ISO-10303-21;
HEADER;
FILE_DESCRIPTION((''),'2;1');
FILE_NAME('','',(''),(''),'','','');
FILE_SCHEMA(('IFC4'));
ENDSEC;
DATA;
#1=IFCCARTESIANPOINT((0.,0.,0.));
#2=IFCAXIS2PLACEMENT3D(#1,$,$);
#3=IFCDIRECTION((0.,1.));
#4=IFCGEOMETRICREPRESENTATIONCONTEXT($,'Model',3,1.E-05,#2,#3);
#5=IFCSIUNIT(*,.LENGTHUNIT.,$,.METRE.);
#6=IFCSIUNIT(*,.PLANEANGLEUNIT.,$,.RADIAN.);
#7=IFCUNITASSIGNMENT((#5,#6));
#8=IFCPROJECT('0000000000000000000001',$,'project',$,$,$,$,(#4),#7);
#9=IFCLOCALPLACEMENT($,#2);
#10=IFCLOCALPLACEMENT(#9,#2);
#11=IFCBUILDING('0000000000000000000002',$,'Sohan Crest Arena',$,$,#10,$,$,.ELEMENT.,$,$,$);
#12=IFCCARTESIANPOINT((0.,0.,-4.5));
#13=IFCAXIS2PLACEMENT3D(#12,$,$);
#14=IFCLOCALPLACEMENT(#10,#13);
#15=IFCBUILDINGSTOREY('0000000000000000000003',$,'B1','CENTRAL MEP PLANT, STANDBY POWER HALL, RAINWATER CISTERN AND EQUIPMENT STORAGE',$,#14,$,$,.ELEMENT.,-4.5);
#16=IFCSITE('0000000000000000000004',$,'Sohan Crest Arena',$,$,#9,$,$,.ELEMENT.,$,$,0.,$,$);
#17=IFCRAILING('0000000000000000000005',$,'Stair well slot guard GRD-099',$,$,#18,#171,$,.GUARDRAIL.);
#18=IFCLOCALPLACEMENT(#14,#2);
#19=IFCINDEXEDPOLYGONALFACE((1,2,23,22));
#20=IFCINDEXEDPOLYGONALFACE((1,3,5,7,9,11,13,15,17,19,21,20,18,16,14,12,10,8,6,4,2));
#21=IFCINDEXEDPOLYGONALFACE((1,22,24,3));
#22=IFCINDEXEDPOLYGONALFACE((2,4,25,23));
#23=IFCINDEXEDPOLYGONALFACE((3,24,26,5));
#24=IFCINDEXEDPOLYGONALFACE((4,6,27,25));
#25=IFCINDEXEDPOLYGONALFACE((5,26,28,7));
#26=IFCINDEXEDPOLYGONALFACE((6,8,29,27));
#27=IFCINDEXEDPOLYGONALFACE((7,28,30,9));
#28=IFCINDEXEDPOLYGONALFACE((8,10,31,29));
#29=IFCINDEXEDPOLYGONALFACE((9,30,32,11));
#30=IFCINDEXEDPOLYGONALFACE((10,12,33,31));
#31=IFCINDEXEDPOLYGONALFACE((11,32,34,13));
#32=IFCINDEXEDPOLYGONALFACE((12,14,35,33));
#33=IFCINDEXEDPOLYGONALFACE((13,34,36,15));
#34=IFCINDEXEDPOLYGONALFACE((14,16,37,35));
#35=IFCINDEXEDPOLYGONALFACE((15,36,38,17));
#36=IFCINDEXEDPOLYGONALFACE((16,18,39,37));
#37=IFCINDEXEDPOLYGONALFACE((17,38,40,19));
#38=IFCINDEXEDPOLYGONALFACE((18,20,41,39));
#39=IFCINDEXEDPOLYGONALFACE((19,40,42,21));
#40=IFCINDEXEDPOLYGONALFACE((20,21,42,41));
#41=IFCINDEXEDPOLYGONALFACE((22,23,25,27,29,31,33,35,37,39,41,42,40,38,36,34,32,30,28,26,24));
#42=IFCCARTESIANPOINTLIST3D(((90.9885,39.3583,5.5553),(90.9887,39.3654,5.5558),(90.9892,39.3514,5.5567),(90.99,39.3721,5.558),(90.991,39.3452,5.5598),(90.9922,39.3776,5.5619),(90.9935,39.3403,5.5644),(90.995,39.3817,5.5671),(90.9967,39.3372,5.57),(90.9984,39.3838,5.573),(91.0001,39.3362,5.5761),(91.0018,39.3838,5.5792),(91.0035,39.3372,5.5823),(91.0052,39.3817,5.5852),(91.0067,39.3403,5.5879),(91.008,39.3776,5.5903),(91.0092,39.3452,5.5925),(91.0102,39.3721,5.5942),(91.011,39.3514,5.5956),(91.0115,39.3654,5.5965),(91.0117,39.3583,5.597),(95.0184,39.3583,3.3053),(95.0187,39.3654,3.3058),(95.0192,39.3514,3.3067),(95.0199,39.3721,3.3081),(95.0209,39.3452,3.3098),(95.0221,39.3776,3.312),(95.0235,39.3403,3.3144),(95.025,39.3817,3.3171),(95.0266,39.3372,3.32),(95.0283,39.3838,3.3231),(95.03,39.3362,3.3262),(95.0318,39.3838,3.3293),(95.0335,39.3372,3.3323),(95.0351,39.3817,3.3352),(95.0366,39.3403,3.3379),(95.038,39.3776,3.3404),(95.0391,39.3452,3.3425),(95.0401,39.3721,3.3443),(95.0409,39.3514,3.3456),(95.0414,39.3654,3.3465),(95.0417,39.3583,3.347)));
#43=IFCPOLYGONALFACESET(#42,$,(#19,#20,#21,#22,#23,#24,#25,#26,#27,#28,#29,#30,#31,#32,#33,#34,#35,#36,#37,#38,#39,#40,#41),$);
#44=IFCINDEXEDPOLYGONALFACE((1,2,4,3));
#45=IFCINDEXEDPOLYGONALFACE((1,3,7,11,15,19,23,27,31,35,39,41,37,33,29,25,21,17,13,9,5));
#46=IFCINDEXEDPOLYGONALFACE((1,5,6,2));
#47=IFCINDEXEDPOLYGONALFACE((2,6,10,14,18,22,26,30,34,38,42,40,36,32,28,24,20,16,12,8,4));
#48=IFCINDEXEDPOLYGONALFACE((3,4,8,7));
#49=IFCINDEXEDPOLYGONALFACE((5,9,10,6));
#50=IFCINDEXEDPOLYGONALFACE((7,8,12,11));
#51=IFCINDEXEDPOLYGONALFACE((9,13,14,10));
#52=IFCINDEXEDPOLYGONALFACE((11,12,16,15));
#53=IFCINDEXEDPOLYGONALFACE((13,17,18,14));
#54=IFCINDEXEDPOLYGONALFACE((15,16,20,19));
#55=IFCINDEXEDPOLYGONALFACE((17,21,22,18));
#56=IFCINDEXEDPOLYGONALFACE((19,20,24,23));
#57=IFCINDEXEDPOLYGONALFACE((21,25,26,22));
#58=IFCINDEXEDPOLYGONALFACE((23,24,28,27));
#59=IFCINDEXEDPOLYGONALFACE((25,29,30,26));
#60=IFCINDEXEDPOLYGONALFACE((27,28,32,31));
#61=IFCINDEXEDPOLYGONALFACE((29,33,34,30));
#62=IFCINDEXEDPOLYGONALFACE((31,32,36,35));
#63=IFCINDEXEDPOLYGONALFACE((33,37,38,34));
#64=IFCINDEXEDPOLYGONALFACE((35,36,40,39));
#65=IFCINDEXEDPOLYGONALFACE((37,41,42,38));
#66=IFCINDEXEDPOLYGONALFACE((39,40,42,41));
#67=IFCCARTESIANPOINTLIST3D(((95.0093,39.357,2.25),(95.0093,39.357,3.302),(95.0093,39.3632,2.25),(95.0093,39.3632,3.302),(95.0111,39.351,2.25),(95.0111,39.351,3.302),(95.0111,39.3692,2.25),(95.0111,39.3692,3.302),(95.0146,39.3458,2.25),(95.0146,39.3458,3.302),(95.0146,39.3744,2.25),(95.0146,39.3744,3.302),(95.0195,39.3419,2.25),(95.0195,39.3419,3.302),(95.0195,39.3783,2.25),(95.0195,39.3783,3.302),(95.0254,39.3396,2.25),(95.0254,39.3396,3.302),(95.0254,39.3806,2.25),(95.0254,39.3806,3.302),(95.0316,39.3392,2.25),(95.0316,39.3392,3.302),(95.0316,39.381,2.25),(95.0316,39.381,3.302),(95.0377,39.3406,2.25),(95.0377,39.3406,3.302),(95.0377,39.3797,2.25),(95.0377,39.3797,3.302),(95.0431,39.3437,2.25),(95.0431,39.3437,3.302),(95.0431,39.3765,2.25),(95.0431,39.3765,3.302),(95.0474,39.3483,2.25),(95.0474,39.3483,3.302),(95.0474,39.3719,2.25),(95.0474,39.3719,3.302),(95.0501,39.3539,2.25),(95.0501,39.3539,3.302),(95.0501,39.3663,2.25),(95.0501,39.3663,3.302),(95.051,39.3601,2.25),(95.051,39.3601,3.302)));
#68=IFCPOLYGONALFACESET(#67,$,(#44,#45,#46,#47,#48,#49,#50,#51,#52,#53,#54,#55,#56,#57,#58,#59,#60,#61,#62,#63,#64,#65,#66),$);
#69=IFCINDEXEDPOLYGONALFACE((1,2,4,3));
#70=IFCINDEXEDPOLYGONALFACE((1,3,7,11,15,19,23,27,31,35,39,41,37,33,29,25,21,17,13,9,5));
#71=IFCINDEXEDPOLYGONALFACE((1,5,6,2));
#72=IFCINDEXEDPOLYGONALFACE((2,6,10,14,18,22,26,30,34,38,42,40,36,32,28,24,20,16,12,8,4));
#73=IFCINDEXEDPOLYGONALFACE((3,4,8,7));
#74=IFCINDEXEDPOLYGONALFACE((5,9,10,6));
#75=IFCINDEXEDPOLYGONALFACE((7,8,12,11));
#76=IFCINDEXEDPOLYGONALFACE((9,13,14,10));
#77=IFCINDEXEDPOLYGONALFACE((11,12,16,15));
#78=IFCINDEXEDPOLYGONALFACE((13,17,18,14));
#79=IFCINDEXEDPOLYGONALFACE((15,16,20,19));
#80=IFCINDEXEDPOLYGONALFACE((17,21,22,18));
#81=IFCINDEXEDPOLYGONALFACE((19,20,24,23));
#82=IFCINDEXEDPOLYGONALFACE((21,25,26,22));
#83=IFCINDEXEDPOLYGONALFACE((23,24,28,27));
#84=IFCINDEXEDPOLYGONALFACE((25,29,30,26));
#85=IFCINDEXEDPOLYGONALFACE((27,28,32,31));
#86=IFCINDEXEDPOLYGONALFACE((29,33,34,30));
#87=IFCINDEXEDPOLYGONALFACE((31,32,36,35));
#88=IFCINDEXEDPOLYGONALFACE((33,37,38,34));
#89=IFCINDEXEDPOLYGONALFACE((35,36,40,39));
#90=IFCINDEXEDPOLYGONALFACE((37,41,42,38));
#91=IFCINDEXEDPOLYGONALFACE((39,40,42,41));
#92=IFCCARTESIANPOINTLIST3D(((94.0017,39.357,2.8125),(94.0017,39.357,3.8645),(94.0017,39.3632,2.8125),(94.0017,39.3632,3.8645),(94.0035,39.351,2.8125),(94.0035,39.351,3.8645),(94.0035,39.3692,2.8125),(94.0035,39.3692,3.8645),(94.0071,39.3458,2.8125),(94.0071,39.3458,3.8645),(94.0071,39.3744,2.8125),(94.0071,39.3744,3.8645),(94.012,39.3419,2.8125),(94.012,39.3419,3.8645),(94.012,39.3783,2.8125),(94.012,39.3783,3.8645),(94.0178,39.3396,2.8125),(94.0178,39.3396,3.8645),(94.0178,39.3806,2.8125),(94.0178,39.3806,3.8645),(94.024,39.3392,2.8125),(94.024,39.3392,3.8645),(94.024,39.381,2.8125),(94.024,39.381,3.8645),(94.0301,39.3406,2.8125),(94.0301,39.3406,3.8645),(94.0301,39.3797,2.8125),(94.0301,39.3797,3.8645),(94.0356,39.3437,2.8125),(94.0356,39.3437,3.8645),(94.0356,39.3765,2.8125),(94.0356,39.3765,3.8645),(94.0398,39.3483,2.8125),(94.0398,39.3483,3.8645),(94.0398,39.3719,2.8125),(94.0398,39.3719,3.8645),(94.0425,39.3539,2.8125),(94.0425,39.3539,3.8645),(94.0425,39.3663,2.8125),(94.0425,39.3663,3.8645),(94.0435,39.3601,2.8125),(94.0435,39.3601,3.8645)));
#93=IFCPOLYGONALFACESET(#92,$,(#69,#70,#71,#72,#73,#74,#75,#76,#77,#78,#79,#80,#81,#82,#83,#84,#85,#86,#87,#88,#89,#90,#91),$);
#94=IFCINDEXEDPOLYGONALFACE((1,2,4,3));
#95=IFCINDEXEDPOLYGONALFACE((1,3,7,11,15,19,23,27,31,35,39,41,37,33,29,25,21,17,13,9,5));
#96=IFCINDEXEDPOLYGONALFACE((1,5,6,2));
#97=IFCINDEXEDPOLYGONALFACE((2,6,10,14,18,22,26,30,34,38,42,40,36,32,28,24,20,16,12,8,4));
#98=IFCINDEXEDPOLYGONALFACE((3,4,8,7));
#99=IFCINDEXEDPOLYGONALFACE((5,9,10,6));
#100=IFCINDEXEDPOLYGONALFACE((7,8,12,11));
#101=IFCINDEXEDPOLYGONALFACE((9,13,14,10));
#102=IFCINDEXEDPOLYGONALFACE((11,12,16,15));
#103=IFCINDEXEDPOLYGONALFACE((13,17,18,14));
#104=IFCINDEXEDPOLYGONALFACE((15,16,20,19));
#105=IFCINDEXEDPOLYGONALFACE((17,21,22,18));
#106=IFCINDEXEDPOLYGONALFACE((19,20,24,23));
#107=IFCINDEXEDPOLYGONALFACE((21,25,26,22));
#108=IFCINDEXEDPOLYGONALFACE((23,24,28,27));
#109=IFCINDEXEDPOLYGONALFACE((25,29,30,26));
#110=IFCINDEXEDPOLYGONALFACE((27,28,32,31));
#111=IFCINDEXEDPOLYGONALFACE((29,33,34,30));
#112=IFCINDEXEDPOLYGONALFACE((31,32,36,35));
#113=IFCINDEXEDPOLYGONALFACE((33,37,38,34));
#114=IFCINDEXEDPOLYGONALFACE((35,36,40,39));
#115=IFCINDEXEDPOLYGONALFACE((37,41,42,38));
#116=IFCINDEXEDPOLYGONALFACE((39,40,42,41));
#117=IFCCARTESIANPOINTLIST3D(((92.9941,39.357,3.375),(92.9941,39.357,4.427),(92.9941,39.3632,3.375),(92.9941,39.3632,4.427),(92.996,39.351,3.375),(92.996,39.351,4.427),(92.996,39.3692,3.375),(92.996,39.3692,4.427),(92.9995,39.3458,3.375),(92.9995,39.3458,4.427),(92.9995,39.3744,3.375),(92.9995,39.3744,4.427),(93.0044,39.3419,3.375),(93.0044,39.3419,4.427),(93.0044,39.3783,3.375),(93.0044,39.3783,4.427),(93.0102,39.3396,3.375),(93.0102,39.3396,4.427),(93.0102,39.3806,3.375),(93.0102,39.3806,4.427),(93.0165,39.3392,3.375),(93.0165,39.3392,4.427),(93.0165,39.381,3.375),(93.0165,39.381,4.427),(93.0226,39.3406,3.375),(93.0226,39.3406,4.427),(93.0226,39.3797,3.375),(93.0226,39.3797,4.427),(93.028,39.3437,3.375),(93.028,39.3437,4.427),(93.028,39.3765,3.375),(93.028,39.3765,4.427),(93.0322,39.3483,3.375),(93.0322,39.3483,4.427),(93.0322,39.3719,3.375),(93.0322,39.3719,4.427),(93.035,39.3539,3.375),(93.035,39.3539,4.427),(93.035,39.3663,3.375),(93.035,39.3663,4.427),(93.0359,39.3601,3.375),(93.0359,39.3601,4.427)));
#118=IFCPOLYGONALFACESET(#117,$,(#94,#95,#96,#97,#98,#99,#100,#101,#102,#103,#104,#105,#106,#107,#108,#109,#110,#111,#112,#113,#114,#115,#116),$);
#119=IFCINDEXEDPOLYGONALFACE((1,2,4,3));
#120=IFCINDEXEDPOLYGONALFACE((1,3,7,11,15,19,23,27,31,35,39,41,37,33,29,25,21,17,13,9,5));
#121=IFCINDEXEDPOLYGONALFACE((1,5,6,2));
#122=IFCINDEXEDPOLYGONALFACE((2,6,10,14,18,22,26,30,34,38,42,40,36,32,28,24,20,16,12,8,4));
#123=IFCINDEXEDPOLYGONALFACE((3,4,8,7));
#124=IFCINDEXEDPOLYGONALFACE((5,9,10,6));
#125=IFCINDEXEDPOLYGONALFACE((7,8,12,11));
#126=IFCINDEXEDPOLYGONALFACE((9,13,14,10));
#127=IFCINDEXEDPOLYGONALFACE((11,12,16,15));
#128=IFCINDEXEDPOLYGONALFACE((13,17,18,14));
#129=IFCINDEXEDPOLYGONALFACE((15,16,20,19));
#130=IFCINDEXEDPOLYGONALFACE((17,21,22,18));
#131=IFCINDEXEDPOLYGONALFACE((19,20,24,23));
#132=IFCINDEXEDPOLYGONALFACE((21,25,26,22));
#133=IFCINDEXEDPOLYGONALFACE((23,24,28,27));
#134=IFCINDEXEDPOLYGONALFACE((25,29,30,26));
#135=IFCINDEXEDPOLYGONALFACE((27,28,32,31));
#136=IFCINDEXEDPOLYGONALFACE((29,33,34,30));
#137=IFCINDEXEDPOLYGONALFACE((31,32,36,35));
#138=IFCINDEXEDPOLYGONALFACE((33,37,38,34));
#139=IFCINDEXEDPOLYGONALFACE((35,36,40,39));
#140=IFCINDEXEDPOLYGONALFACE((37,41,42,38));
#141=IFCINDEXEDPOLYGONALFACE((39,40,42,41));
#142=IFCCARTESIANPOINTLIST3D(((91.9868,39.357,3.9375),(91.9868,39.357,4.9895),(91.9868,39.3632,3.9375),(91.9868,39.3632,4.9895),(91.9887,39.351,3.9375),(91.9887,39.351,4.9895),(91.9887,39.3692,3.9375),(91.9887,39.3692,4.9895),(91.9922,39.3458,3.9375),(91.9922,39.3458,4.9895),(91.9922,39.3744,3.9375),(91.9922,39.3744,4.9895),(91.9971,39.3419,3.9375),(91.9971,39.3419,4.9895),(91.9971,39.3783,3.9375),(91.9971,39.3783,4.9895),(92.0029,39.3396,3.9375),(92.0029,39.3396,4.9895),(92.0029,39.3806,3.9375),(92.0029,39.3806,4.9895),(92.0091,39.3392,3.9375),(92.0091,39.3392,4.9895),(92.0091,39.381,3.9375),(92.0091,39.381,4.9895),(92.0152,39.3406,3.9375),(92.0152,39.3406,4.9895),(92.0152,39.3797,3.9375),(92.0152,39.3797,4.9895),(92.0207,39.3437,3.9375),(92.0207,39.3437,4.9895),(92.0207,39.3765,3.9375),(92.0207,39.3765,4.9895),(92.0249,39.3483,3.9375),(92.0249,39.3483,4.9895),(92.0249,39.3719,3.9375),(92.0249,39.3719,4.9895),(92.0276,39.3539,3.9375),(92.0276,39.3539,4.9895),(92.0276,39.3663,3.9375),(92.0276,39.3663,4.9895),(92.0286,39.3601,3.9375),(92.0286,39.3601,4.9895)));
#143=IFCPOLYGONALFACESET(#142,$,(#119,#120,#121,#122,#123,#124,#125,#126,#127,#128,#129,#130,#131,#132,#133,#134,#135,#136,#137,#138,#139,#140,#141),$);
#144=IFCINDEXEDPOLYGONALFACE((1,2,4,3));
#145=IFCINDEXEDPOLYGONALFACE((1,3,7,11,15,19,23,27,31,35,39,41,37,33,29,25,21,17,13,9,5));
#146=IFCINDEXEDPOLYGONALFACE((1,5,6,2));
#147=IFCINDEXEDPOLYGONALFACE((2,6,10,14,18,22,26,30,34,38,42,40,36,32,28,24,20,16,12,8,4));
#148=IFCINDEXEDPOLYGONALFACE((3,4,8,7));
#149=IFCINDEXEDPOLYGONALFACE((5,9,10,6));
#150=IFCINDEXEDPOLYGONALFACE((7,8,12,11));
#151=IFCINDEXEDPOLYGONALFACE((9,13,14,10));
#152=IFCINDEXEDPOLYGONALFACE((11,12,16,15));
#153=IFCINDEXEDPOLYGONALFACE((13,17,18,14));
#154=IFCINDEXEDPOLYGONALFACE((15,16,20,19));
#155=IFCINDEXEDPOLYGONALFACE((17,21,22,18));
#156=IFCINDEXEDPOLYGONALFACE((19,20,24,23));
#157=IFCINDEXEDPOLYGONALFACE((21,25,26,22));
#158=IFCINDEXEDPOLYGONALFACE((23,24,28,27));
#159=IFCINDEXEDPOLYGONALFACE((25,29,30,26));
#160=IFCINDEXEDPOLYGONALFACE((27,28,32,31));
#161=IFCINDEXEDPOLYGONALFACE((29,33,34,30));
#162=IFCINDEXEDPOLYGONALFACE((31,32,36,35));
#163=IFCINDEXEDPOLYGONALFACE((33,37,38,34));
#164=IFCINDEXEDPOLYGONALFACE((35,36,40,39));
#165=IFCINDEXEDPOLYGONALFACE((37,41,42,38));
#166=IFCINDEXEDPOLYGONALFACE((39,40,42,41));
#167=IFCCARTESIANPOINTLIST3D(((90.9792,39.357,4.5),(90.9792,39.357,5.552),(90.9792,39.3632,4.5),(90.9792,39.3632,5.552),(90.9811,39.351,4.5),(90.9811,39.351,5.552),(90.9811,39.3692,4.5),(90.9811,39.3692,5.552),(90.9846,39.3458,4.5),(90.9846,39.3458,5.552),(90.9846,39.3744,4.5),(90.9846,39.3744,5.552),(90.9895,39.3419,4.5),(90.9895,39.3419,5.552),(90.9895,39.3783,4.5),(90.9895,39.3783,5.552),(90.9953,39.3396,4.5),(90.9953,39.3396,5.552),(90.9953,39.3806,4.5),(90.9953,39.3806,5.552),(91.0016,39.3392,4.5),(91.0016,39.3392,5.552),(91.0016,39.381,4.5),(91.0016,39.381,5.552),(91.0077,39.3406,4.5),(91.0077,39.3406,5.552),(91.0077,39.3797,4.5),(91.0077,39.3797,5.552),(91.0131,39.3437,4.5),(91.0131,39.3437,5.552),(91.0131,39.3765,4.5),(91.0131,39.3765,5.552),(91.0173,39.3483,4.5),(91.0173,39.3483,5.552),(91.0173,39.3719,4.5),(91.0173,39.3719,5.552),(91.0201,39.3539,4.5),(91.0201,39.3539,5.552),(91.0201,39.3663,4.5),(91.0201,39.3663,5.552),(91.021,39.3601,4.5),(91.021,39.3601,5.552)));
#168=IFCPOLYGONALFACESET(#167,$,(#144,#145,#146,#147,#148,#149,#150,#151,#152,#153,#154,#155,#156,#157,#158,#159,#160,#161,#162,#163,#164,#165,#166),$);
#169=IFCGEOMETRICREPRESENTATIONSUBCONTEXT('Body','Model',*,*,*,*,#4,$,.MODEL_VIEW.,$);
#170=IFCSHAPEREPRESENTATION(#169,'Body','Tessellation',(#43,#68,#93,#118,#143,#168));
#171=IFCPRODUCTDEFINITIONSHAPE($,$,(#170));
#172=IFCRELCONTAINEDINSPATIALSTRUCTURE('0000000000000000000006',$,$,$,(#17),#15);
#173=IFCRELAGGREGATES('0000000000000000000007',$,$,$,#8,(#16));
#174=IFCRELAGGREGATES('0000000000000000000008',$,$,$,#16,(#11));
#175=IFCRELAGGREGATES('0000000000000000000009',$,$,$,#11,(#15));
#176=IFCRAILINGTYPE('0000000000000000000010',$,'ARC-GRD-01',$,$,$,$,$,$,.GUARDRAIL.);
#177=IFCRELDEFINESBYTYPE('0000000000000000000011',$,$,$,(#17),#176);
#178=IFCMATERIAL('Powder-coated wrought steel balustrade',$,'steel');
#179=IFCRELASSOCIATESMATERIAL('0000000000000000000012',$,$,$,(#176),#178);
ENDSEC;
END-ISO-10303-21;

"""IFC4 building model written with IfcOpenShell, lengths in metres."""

from ifc_helpers import new_model, si_unit, direction, frame, origin, origin_2d, place, context, subcontext, project, spatial, circle, extrude, material, type_object, element, save


model = new_model("IFC4")

# Units and contexts
model_context = context("Model", 3, precision=1e-05, world=origin(), true_north=direction((0.0, 1.0)))
body_context = subcontext(model_context, "Body", "Model", "MODEL_VIEW")
ifc_project = project(units=[si_unit("LENGTHUNIT", "METRE"), si_unit("PLANEANGLEUNIT", "RADIAN")], contexts=[model_context])

# Site, building, storey
site_placement = place(None, origin())
site = spatial("IfcSite", under=ifc_project, at=site_placement, Name="Sohan Crest Arena", CompositionType="ELEMENT", RefElevation=0.0)
building_placement = place(site_placement, origin())
building = spatial("IfcBuilding", under=site, at=building_placement, Name="Sohan Crest Arena", CompositionType="ELEMENT")
storey_placement = place(building_placement, frame((0.0, 0.0, -4.5)))
storey = spatial("IfcBuildingStorey", under=building, at=storey_placement, Name="B1", Description="CENTRAL MEP PLANT, STANDBY POWER HALL, RAINWATER CISTERN AND EQUIPMENT STORAGE", CompositionType="ELEMENT", Elevation=-4.5)

# Railing
ifc_material_1 = material(Name="Powder-coated wrought steel balustrade", Category="steel")
railing_type_1 = type_object("IfcRailingType", Name="ARC-GRD-01", PredefinedType="GUARDRAIL", material=ifc_material_1)
railing_1_placement = place(storey_placement, frame((95.03, 39.3601, 2.25)))
element("IfcRailing", 1, at=railing_1_placement, inside=storey, type_object=railing_type_1, Name="Stair well slot guard GRD-099", PredefinedType="GUARDRAIL", context=body_context, shape_type="SweptSolid", body=[
    extrude(circle(Radius=0.0239, at=origin_2d()), frame((0.0, 0.0, 1.0762), z_axis=(-0.873135, 0.0, 0.487479), x_axis=(0.0, -1.0, 0.0)), (0.0, 0.0, 1.0), 4.6155),
    extrude(circle(Radius=0.021, at=origin_2d()), origin(), (0.0, 0.0, 1.0), 1.052),
    extrude(circle(Radius=0.021, at=origin_2d()), frame((-1.0076, 0.0, 0.5625)), (0.0, 0.0, 1.0), 1.052),
    extrude(circle(Radius=0.021, at=origin_2d()), frame((-2.0151, 0.0, 1.125)), (0.0, 0.0, 1.0), 1.052),
    extrude(circle(Radius=0.021, at=origin_2d()), frame((-3.0225, 0.0, 1.6875)), (0.0, 0.0, 1.0), 1.052),
    extrude(circle(Radius=0.021, at=origin_2d()), frame((-4.03, 0.0, 2.25)), (0.0, 0.0, 1.0), 1.052),
])

save(model, "model.ifc")
